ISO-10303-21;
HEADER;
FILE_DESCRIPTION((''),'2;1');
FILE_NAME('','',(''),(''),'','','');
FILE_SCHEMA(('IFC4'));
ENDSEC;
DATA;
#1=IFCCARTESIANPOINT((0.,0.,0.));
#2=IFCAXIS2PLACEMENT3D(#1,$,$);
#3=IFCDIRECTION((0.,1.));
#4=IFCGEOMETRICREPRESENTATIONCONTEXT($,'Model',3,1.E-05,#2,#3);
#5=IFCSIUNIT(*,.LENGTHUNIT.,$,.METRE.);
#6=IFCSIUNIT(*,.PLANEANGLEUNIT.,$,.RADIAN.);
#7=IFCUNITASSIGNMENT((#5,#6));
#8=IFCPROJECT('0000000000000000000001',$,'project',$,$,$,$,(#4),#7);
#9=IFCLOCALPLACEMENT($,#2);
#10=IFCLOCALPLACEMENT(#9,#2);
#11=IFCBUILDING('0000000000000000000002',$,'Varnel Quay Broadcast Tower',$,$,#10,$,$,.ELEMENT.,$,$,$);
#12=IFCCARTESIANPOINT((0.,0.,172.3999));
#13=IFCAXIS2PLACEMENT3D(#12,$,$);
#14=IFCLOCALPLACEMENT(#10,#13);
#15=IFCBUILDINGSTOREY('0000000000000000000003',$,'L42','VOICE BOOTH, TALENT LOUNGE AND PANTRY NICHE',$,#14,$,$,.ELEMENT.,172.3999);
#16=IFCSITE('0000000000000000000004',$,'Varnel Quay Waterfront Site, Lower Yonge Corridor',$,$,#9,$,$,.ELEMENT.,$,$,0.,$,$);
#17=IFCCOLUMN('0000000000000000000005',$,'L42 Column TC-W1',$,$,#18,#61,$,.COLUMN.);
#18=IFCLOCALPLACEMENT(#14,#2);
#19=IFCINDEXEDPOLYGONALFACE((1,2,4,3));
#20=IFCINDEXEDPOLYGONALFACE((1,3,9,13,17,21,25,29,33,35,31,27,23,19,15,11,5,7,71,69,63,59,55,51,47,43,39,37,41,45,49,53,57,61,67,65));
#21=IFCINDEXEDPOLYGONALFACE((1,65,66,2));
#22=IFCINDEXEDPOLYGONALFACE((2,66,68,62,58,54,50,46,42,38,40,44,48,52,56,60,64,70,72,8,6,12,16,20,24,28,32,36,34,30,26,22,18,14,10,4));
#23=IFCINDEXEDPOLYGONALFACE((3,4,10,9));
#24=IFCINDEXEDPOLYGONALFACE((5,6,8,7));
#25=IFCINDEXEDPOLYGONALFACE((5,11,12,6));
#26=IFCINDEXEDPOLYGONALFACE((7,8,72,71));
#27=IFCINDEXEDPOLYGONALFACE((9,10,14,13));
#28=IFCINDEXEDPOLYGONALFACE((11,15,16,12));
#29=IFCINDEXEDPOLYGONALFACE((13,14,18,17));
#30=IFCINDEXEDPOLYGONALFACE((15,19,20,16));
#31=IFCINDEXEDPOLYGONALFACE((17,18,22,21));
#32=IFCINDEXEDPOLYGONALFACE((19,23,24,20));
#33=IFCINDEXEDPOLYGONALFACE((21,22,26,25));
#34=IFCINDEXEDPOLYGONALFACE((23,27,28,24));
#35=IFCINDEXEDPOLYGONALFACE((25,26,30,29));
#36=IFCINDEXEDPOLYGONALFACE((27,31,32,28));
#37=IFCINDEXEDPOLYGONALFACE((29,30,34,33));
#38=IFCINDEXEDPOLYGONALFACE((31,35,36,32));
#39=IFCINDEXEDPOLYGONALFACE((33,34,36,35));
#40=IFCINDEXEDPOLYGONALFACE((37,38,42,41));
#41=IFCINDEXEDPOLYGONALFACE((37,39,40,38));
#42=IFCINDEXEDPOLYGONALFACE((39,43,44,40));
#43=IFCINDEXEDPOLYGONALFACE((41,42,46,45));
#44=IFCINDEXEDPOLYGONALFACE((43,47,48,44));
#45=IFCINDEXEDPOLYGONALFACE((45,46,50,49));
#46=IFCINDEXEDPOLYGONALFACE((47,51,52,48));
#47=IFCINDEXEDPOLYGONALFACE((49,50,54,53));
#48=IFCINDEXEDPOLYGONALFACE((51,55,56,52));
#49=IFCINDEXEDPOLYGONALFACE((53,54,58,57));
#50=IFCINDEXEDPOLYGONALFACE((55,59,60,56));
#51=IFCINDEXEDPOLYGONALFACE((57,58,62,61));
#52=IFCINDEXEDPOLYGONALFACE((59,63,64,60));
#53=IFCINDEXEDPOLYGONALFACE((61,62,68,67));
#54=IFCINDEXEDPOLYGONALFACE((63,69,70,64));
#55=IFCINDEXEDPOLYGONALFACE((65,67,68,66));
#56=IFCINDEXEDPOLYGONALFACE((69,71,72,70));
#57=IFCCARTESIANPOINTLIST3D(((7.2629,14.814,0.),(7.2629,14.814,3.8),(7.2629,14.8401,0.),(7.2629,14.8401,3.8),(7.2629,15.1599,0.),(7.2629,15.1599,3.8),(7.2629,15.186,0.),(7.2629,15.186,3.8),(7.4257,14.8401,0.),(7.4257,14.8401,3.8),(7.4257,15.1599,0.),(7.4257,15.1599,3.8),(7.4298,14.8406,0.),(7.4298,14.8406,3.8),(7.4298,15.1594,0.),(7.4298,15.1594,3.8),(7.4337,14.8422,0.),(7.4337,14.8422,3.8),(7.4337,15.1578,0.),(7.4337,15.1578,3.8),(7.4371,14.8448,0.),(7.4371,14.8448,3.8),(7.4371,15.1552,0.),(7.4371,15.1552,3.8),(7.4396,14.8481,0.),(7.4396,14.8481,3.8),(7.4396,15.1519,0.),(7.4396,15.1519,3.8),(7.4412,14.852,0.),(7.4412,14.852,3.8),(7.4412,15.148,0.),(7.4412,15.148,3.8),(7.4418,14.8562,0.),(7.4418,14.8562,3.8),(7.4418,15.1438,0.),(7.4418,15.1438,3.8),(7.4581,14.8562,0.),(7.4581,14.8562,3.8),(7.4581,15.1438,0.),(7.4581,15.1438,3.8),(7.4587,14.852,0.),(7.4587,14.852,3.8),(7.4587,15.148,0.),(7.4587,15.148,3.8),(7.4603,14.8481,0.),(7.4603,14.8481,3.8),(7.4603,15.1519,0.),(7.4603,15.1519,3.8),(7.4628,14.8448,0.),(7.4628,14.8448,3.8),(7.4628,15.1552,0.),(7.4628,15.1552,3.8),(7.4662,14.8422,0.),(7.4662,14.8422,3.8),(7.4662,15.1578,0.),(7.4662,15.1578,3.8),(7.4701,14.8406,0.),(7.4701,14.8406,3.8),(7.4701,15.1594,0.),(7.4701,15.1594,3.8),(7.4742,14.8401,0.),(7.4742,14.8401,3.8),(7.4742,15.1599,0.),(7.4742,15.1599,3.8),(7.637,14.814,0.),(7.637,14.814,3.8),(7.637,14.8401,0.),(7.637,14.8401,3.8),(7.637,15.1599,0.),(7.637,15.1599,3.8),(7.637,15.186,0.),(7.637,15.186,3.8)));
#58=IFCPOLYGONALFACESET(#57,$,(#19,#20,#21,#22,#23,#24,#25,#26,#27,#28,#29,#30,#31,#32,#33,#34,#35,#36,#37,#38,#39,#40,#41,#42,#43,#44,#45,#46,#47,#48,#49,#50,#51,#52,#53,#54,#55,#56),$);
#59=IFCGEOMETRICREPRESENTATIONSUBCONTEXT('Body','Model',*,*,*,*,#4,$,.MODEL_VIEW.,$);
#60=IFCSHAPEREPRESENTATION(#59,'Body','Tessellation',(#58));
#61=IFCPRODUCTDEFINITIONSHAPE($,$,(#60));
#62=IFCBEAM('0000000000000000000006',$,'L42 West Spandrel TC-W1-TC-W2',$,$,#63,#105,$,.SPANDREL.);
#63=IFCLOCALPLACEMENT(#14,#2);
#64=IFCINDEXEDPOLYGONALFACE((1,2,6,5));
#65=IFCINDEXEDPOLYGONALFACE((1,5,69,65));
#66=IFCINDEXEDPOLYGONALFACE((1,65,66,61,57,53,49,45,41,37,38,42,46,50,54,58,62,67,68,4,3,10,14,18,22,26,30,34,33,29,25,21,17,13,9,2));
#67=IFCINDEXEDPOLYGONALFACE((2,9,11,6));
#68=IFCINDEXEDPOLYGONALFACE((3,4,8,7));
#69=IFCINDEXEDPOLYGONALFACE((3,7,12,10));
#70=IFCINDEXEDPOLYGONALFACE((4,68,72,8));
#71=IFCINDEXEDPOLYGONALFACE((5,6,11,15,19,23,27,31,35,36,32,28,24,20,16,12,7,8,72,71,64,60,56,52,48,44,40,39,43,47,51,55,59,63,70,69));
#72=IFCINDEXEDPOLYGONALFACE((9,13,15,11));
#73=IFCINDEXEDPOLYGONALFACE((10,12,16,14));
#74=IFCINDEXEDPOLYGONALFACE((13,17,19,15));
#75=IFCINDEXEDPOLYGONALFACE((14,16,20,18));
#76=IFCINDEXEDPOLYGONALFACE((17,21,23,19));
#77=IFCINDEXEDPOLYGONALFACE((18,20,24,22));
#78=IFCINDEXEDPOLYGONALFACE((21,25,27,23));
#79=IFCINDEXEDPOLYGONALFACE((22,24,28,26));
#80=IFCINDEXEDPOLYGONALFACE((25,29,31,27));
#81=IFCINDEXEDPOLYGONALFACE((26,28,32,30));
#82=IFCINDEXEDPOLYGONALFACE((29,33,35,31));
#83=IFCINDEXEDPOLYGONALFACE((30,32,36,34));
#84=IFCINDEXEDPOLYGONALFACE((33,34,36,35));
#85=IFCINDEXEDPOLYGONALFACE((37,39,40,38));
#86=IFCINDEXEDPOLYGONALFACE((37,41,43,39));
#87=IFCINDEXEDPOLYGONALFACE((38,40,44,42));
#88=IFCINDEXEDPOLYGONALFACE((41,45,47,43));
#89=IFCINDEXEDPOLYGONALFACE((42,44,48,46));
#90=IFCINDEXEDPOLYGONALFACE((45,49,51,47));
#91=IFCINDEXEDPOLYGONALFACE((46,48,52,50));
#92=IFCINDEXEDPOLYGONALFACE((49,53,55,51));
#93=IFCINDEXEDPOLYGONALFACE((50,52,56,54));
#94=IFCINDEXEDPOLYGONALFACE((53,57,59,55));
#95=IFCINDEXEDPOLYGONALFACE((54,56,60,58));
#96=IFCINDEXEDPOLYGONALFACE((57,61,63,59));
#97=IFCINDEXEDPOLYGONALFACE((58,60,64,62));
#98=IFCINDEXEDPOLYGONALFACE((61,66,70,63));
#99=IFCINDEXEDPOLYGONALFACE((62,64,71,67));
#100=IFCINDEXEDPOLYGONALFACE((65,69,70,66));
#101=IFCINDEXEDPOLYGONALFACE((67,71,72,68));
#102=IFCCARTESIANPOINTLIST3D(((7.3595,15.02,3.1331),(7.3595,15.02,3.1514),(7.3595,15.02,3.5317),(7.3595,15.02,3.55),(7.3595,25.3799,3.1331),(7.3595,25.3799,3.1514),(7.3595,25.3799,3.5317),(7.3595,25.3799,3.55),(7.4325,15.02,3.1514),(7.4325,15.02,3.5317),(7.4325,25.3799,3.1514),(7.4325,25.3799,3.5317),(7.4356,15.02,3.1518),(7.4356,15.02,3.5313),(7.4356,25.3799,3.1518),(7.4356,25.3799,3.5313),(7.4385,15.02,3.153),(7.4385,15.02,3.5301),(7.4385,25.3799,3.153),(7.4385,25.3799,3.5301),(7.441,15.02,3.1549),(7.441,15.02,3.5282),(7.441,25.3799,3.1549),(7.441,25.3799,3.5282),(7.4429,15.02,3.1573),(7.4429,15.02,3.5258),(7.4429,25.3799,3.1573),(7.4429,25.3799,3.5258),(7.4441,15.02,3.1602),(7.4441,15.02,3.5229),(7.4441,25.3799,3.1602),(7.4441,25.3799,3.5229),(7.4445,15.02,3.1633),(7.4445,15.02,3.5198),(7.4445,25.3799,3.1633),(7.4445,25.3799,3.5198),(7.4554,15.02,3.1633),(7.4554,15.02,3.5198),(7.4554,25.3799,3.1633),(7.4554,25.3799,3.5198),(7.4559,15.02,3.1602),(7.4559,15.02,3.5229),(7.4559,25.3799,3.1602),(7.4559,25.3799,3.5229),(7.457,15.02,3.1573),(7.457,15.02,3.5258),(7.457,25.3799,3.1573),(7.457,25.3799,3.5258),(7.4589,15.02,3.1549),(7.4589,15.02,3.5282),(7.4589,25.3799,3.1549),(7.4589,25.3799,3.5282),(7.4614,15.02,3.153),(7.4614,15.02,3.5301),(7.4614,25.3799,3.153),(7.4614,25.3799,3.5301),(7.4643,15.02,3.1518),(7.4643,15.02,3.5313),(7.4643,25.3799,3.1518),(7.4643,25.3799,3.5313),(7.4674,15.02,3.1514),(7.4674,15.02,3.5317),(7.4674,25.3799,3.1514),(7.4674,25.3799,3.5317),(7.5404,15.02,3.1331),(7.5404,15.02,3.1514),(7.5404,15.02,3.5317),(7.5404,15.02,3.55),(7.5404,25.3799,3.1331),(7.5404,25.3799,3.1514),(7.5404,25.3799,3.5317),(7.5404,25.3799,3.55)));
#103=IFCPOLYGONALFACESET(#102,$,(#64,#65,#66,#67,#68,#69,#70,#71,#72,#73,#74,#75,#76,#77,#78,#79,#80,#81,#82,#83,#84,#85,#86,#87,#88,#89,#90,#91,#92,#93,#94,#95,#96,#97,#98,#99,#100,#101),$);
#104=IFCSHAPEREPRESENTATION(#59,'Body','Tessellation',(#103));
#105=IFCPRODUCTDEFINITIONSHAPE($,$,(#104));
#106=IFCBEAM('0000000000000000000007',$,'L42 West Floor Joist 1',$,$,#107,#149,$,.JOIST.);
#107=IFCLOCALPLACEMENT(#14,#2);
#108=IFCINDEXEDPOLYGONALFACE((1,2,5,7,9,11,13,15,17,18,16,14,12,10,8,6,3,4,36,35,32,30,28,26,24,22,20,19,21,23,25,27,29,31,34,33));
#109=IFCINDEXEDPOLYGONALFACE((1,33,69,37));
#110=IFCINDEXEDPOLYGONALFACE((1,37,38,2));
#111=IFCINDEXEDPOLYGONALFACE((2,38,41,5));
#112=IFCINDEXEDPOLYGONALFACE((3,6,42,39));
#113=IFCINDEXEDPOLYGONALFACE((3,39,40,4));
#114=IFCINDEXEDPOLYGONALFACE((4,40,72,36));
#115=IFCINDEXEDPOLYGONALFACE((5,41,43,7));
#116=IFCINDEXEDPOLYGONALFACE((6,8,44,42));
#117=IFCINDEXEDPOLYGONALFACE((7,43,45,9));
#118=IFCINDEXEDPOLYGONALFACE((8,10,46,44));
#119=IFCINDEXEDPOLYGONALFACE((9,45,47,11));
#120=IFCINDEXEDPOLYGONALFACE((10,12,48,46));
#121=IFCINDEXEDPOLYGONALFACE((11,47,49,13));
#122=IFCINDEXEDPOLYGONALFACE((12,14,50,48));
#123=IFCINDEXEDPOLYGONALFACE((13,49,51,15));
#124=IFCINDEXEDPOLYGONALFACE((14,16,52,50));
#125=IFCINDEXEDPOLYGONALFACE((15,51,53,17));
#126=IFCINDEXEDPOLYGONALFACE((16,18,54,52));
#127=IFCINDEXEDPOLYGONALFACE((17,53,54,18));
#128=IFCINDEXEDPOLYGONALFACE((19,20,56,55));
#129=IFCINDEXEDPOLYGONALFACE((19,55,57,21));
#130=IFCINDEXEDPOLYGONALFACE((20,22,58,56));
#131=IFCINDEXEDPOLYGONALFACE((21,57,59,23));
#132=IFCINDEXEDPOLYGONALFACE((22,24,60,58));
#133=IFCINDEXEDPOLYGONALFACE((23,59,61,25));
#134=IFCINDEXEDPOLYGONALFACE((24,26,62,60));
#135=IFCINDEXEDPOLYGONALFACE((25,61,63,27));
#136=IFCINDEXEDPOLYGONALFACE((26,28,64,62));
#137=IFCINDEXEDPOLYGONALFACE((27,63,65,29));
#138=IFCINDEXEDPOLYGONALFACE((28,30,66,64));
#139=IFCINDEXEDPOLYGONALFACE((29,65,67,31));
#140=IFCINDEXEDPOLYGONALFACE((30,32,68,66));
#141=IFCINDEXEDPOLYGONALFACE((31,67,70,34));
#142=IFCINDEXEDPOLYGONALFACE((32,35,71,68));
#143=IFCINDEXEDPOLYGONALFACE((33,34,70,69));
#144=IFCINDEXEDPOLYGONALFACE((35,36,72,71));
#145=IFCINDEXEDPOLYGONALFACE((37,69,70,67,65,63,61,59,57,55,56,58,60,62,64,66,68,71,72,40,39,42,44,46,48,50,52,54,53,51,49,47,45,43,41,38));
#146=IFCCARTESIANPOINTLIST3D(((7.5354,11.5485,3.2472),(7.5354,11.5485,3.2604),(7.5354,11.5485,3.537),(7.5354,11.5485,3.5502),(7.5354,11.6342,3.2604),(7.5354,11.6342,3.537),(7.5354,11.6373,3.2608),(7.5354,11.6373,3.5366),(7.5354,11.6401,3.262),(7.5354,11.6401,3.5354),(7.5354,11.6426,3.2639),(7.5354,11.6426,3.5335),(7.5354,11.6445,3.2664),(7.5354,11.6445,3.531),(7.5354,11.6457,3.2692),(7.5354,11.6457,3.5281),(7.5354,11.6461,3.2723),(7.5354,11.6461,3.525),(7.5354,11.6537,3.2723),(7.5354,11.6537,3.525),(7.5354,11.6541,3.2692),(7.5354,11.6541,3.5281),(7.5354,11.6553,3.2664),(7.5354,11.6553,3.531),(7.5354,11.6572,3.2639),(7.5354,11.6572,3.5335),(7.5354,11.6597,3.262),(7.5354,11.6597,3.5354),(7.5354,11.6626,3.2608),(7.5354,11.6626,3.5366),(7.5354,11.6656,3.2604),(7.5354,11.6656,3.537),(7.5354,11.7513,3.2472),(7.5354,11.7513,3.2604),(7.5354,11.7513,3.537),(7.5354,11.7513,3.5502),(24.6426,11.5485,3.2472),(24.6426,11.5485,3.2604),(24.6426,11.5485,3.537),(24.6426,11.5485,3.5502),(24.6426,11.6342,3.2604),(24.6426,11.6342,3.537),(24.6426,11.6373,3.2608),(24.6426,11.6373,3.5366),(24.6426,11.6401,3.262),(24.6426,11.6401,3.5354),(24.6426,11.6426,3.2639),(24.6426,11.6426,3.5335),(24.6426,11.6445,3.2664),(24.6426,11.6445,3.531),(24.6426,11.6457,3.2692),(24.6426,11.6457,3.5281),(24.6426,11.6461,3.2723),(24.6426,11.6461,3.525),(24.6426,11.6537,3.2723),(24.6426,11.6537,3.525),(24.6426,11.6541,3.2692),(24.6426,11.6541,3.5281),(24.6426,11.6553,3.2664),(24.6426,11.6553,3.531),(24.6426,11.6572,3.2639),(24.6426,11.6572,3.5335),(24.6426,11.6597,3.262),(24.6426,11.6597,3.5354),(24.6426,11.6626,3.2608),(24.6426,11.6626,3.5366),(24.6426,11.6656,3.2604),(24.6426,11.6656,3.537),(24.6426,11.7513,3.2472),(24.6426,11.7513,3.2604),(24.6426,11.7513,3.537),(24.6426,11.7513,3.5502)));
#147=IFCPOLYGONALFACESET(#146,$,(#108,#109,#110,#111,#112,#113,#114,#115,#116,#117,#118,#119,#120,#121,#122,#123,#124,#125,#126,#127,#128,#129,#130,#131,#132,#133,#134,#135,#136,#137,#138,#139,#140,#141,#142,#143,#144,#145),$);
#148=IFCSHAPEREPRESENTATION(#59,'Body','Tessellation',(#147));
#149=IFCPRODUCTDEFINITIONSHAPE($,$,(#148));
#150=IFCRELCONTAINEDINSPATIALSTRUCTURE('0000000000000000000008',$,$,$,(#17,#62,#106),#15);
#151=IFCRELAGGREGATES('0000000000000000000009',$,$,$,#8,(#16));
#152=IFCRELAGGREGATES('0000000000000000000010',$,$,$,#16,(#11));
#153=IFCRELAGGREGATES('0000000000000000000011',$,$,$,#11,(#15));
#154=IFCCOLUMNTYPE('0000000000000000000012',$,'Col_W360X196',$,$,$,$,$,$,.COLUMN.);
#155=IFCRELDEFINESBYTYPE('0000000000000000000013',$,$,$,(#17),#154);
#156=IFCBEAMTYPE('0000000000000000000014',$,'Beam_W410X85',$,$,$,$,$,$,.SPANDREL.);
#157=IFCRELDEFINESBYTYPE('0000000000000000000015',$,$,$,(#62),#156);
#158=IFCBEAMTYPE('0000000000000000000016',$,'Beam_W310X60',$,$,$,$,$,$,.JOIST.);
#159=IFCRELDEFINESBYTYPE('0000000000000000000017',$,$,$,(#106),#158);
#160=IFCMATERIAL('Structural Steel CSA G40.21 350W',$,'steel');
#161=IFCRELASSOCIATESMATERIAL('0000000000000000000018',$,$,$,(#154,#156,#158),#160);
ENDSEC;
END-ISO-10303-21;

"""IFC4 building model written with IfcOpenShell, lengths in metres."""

from ifc_helpers import new_model, si_unit, direction, frame, origin, origin_2d, place, context, subcontext, project, spatial, i_section, extrude, source, transform, mapped, material, material_profile, profile_set, type_object, type_shapes, element, save


model = new_model("IFC4")

# Units and contexts
model_context = context("Model", 3, precision=1e-05, world=origin(), true_north=direction((0.0, 1.0)))
body_context = subcontext(model_context, "Body", "Model", "MODEL_VIEW")
ifc_project = project(units=[si_unit("LENGTHUNIT", "METRE"), si_unit("PLANEANGLEUNIT", "RADIAN")], contexts=[model_context])

# Site, building, storey
site_placement = place(None, origin())
site = spatial("IfcSite", under=ifc_project, at=site_placement, Name="Varnel Quay Waterfront Site, Lower Yonge Corridor", CompositionType="ELEMENT", RefElevation=0.0)
building_placement = place(site_placement, origin())
building = spatial("IfcBuilding", under=site, at=building_placement, Name="Varnel Quay Broadcast Tower", CompositionType="ELEMENT")
storey_placement = place(building_placement, frame((0.0, 0.0, 172.3999)))
storey = spatial("IfcBuildingStorey", under=building, at=storey_placement, Name="L42", Description="VOICE BOOTH, TALENT LOUNGE AND PANTRY NICHE", CompositionType="ELEMENT", Elevation=172.3999)

# Column
ifc_material_1 = material(Name="Structural Steel CSA G40.21 350W", Category="steel")
ifc_material_profile_1 = material_profile(ifc_material_1, i_section(OverallWidth=0.374, OverallDepth=0.3721, WebThickness=0.0164, FlangeThickness=0.0261, FilletRadius=0.0161, at=origin_2d()), Name="W360X196")
ifc_profile_set_1 = profile_set([ifc_material_profile_1], Name="Structural Steel CSA G40.21 350W")
column_type = type_object("IfcColumnType", Name="Col_W360X196", PredefinedType="COLUMN", material=ifc_profile_set_1)
shared_shape_1 = source(origin(), body_context, "Body", "SweptSolid", [
    extrude(i_section(OverallWidth=0.374, OverallDepth=0.3721, WebThickness=0.0164, FlangeThickness=0.0261, FilletRadius=0.0161, at=origin_2d()), origin(), (0.0, 0.0, 1.0), 3.8),
])
type_shapes(column_type, [shared_shape_1])
column_placement = place(storey_placement, frame((7.45, 15.0, 0.0), z_axis=(0.0, 0.0, 1.0), x_axis=(1.0, 0.0, 0.0)))
element("IfcColumn", 1, at=column_placement, inside=storey, type_object=column_type, Name="L42 Column TC-W1", PredefinedType="COLUMN", context=body_context, shape_type="MappedRepresentation", body=[
    mapped(shared_shape_1, transform((0.0, 0.0, 0.0), x_axis=(1.0, 0.0, 0.0), y_axis=(0.0, 1.0, 0.0), z_axis=(0.0, 0.0, 1.0), scale=1.0)),
])

# Beams
ifc_material_profile_2 = material_profile(ifc_material_1, i_section(OverallWidth=0.1809, OverallDepth=0.417, WebThickness=0.011, FlangeThickness=0.0183, FilletRadius=0.012, at=origin_2d()), Name="W410X85")
ifc_profile_set_2 = profile_set([ifc_material_profile_2], Name="Structural Steel CSA G40.21 350W")
beam_type_1 = type_object("IfcBeamType", Name="Beam_W410X85", PredefinedType="SPANDREL", material=ifc_profile_set_2)
shared_shape_2 = source(origin(), body_context, "Body", "SweptSolid", [
    extrude(i_section(OverallWidth=0.1809, OverallDepth=0.417, WebThickness=0.011, FlangeThickness=0.0183, FilletRadius=0.012, at=origin_2d()), origin(), (0.0, 0.0, 1.0), 10.3599),
])
type_shapes(beam_type_1, [shared_shape_2])
beam_1_placement = place(storey_placement, frame((7.45, 15.02, 3.3416), z_axis=(0.0, 1.0, 0.0), x_axis=(-1.0, 0.0, 0.0)))
element("IfcBeam", 2, at=beam_1_placement, inside=storey, type_object=beam_type_1, Name="L42 West Spandrel TC-W1-TC-W2", PredefinedType="SPANDREL", context=body_context, shape_type="MappedRepresentation", body=[
    mapped(shared_shape_2, transform((0.0, 0.0, 0.0), x_axis=(1.0, 0.0, 0.0), y_axis=(0.0, 1.0, 0.0), z_axis=(0.0, 0.0, 1.0), scale=1.0)),
])
ifc_material_profile_3 = material_profile(ifc_material_1, i_section(OverallWidth=0.2029, OverallDepth=0.303, WebThickness=0.0076, FlangeThickness=0.0132, FilletRadius=0.012, at=origin_2d()), Name="W310X60")
ifc_profile_set_3 = profile_set([ifc_material_profile_3], Name="Structural Steel CSA G40.21 350W")
beam_type_2 = type_object("IfcBeamType", Name="Beam_W310X60", PredefinedType="JOIST", material=ifc_profile_set_3)
shared_shape_3 = source(origin(), body_context, "Body", "SweptSolid", [
    extrude(i_section(OverallWidth=0.2029, OverallDepth=0.303, WebThickness=0.0076, FlangeThickness=0.0132, FilletRadius=0.012, at=origin_2d()), origin(), (0.0, 0.0, 1.0), 17.1072),
])
type_shapes(beam_type_2, [shared_shape_3])
beam_2_placement = place(storey_placement, frame((7.5354, 11.6499, 3.3987), z_axis=(1.0, 0.0, 0.0), x_axis=(0.0, 1.0, 0.0)))
element("IfcBeam", 3, at=beam_2_placement, inside=storey, type_object=beam_type_2, Name="L42 West Floor Joist 1", PredefinedType="JOIST", context=body_context, shape_type="MappedRepresentation", body=[
    mapped(shared_shape_3, transform((0.0, 0.0, 0.0), x_axis=(1.0, 0.0, 0.0), y_axis=(0.0, 1.0, 0.0), z_axis=(0.0, 0.0, 1.0), scale=1.0)),
])

save(model, "model.ifc")
